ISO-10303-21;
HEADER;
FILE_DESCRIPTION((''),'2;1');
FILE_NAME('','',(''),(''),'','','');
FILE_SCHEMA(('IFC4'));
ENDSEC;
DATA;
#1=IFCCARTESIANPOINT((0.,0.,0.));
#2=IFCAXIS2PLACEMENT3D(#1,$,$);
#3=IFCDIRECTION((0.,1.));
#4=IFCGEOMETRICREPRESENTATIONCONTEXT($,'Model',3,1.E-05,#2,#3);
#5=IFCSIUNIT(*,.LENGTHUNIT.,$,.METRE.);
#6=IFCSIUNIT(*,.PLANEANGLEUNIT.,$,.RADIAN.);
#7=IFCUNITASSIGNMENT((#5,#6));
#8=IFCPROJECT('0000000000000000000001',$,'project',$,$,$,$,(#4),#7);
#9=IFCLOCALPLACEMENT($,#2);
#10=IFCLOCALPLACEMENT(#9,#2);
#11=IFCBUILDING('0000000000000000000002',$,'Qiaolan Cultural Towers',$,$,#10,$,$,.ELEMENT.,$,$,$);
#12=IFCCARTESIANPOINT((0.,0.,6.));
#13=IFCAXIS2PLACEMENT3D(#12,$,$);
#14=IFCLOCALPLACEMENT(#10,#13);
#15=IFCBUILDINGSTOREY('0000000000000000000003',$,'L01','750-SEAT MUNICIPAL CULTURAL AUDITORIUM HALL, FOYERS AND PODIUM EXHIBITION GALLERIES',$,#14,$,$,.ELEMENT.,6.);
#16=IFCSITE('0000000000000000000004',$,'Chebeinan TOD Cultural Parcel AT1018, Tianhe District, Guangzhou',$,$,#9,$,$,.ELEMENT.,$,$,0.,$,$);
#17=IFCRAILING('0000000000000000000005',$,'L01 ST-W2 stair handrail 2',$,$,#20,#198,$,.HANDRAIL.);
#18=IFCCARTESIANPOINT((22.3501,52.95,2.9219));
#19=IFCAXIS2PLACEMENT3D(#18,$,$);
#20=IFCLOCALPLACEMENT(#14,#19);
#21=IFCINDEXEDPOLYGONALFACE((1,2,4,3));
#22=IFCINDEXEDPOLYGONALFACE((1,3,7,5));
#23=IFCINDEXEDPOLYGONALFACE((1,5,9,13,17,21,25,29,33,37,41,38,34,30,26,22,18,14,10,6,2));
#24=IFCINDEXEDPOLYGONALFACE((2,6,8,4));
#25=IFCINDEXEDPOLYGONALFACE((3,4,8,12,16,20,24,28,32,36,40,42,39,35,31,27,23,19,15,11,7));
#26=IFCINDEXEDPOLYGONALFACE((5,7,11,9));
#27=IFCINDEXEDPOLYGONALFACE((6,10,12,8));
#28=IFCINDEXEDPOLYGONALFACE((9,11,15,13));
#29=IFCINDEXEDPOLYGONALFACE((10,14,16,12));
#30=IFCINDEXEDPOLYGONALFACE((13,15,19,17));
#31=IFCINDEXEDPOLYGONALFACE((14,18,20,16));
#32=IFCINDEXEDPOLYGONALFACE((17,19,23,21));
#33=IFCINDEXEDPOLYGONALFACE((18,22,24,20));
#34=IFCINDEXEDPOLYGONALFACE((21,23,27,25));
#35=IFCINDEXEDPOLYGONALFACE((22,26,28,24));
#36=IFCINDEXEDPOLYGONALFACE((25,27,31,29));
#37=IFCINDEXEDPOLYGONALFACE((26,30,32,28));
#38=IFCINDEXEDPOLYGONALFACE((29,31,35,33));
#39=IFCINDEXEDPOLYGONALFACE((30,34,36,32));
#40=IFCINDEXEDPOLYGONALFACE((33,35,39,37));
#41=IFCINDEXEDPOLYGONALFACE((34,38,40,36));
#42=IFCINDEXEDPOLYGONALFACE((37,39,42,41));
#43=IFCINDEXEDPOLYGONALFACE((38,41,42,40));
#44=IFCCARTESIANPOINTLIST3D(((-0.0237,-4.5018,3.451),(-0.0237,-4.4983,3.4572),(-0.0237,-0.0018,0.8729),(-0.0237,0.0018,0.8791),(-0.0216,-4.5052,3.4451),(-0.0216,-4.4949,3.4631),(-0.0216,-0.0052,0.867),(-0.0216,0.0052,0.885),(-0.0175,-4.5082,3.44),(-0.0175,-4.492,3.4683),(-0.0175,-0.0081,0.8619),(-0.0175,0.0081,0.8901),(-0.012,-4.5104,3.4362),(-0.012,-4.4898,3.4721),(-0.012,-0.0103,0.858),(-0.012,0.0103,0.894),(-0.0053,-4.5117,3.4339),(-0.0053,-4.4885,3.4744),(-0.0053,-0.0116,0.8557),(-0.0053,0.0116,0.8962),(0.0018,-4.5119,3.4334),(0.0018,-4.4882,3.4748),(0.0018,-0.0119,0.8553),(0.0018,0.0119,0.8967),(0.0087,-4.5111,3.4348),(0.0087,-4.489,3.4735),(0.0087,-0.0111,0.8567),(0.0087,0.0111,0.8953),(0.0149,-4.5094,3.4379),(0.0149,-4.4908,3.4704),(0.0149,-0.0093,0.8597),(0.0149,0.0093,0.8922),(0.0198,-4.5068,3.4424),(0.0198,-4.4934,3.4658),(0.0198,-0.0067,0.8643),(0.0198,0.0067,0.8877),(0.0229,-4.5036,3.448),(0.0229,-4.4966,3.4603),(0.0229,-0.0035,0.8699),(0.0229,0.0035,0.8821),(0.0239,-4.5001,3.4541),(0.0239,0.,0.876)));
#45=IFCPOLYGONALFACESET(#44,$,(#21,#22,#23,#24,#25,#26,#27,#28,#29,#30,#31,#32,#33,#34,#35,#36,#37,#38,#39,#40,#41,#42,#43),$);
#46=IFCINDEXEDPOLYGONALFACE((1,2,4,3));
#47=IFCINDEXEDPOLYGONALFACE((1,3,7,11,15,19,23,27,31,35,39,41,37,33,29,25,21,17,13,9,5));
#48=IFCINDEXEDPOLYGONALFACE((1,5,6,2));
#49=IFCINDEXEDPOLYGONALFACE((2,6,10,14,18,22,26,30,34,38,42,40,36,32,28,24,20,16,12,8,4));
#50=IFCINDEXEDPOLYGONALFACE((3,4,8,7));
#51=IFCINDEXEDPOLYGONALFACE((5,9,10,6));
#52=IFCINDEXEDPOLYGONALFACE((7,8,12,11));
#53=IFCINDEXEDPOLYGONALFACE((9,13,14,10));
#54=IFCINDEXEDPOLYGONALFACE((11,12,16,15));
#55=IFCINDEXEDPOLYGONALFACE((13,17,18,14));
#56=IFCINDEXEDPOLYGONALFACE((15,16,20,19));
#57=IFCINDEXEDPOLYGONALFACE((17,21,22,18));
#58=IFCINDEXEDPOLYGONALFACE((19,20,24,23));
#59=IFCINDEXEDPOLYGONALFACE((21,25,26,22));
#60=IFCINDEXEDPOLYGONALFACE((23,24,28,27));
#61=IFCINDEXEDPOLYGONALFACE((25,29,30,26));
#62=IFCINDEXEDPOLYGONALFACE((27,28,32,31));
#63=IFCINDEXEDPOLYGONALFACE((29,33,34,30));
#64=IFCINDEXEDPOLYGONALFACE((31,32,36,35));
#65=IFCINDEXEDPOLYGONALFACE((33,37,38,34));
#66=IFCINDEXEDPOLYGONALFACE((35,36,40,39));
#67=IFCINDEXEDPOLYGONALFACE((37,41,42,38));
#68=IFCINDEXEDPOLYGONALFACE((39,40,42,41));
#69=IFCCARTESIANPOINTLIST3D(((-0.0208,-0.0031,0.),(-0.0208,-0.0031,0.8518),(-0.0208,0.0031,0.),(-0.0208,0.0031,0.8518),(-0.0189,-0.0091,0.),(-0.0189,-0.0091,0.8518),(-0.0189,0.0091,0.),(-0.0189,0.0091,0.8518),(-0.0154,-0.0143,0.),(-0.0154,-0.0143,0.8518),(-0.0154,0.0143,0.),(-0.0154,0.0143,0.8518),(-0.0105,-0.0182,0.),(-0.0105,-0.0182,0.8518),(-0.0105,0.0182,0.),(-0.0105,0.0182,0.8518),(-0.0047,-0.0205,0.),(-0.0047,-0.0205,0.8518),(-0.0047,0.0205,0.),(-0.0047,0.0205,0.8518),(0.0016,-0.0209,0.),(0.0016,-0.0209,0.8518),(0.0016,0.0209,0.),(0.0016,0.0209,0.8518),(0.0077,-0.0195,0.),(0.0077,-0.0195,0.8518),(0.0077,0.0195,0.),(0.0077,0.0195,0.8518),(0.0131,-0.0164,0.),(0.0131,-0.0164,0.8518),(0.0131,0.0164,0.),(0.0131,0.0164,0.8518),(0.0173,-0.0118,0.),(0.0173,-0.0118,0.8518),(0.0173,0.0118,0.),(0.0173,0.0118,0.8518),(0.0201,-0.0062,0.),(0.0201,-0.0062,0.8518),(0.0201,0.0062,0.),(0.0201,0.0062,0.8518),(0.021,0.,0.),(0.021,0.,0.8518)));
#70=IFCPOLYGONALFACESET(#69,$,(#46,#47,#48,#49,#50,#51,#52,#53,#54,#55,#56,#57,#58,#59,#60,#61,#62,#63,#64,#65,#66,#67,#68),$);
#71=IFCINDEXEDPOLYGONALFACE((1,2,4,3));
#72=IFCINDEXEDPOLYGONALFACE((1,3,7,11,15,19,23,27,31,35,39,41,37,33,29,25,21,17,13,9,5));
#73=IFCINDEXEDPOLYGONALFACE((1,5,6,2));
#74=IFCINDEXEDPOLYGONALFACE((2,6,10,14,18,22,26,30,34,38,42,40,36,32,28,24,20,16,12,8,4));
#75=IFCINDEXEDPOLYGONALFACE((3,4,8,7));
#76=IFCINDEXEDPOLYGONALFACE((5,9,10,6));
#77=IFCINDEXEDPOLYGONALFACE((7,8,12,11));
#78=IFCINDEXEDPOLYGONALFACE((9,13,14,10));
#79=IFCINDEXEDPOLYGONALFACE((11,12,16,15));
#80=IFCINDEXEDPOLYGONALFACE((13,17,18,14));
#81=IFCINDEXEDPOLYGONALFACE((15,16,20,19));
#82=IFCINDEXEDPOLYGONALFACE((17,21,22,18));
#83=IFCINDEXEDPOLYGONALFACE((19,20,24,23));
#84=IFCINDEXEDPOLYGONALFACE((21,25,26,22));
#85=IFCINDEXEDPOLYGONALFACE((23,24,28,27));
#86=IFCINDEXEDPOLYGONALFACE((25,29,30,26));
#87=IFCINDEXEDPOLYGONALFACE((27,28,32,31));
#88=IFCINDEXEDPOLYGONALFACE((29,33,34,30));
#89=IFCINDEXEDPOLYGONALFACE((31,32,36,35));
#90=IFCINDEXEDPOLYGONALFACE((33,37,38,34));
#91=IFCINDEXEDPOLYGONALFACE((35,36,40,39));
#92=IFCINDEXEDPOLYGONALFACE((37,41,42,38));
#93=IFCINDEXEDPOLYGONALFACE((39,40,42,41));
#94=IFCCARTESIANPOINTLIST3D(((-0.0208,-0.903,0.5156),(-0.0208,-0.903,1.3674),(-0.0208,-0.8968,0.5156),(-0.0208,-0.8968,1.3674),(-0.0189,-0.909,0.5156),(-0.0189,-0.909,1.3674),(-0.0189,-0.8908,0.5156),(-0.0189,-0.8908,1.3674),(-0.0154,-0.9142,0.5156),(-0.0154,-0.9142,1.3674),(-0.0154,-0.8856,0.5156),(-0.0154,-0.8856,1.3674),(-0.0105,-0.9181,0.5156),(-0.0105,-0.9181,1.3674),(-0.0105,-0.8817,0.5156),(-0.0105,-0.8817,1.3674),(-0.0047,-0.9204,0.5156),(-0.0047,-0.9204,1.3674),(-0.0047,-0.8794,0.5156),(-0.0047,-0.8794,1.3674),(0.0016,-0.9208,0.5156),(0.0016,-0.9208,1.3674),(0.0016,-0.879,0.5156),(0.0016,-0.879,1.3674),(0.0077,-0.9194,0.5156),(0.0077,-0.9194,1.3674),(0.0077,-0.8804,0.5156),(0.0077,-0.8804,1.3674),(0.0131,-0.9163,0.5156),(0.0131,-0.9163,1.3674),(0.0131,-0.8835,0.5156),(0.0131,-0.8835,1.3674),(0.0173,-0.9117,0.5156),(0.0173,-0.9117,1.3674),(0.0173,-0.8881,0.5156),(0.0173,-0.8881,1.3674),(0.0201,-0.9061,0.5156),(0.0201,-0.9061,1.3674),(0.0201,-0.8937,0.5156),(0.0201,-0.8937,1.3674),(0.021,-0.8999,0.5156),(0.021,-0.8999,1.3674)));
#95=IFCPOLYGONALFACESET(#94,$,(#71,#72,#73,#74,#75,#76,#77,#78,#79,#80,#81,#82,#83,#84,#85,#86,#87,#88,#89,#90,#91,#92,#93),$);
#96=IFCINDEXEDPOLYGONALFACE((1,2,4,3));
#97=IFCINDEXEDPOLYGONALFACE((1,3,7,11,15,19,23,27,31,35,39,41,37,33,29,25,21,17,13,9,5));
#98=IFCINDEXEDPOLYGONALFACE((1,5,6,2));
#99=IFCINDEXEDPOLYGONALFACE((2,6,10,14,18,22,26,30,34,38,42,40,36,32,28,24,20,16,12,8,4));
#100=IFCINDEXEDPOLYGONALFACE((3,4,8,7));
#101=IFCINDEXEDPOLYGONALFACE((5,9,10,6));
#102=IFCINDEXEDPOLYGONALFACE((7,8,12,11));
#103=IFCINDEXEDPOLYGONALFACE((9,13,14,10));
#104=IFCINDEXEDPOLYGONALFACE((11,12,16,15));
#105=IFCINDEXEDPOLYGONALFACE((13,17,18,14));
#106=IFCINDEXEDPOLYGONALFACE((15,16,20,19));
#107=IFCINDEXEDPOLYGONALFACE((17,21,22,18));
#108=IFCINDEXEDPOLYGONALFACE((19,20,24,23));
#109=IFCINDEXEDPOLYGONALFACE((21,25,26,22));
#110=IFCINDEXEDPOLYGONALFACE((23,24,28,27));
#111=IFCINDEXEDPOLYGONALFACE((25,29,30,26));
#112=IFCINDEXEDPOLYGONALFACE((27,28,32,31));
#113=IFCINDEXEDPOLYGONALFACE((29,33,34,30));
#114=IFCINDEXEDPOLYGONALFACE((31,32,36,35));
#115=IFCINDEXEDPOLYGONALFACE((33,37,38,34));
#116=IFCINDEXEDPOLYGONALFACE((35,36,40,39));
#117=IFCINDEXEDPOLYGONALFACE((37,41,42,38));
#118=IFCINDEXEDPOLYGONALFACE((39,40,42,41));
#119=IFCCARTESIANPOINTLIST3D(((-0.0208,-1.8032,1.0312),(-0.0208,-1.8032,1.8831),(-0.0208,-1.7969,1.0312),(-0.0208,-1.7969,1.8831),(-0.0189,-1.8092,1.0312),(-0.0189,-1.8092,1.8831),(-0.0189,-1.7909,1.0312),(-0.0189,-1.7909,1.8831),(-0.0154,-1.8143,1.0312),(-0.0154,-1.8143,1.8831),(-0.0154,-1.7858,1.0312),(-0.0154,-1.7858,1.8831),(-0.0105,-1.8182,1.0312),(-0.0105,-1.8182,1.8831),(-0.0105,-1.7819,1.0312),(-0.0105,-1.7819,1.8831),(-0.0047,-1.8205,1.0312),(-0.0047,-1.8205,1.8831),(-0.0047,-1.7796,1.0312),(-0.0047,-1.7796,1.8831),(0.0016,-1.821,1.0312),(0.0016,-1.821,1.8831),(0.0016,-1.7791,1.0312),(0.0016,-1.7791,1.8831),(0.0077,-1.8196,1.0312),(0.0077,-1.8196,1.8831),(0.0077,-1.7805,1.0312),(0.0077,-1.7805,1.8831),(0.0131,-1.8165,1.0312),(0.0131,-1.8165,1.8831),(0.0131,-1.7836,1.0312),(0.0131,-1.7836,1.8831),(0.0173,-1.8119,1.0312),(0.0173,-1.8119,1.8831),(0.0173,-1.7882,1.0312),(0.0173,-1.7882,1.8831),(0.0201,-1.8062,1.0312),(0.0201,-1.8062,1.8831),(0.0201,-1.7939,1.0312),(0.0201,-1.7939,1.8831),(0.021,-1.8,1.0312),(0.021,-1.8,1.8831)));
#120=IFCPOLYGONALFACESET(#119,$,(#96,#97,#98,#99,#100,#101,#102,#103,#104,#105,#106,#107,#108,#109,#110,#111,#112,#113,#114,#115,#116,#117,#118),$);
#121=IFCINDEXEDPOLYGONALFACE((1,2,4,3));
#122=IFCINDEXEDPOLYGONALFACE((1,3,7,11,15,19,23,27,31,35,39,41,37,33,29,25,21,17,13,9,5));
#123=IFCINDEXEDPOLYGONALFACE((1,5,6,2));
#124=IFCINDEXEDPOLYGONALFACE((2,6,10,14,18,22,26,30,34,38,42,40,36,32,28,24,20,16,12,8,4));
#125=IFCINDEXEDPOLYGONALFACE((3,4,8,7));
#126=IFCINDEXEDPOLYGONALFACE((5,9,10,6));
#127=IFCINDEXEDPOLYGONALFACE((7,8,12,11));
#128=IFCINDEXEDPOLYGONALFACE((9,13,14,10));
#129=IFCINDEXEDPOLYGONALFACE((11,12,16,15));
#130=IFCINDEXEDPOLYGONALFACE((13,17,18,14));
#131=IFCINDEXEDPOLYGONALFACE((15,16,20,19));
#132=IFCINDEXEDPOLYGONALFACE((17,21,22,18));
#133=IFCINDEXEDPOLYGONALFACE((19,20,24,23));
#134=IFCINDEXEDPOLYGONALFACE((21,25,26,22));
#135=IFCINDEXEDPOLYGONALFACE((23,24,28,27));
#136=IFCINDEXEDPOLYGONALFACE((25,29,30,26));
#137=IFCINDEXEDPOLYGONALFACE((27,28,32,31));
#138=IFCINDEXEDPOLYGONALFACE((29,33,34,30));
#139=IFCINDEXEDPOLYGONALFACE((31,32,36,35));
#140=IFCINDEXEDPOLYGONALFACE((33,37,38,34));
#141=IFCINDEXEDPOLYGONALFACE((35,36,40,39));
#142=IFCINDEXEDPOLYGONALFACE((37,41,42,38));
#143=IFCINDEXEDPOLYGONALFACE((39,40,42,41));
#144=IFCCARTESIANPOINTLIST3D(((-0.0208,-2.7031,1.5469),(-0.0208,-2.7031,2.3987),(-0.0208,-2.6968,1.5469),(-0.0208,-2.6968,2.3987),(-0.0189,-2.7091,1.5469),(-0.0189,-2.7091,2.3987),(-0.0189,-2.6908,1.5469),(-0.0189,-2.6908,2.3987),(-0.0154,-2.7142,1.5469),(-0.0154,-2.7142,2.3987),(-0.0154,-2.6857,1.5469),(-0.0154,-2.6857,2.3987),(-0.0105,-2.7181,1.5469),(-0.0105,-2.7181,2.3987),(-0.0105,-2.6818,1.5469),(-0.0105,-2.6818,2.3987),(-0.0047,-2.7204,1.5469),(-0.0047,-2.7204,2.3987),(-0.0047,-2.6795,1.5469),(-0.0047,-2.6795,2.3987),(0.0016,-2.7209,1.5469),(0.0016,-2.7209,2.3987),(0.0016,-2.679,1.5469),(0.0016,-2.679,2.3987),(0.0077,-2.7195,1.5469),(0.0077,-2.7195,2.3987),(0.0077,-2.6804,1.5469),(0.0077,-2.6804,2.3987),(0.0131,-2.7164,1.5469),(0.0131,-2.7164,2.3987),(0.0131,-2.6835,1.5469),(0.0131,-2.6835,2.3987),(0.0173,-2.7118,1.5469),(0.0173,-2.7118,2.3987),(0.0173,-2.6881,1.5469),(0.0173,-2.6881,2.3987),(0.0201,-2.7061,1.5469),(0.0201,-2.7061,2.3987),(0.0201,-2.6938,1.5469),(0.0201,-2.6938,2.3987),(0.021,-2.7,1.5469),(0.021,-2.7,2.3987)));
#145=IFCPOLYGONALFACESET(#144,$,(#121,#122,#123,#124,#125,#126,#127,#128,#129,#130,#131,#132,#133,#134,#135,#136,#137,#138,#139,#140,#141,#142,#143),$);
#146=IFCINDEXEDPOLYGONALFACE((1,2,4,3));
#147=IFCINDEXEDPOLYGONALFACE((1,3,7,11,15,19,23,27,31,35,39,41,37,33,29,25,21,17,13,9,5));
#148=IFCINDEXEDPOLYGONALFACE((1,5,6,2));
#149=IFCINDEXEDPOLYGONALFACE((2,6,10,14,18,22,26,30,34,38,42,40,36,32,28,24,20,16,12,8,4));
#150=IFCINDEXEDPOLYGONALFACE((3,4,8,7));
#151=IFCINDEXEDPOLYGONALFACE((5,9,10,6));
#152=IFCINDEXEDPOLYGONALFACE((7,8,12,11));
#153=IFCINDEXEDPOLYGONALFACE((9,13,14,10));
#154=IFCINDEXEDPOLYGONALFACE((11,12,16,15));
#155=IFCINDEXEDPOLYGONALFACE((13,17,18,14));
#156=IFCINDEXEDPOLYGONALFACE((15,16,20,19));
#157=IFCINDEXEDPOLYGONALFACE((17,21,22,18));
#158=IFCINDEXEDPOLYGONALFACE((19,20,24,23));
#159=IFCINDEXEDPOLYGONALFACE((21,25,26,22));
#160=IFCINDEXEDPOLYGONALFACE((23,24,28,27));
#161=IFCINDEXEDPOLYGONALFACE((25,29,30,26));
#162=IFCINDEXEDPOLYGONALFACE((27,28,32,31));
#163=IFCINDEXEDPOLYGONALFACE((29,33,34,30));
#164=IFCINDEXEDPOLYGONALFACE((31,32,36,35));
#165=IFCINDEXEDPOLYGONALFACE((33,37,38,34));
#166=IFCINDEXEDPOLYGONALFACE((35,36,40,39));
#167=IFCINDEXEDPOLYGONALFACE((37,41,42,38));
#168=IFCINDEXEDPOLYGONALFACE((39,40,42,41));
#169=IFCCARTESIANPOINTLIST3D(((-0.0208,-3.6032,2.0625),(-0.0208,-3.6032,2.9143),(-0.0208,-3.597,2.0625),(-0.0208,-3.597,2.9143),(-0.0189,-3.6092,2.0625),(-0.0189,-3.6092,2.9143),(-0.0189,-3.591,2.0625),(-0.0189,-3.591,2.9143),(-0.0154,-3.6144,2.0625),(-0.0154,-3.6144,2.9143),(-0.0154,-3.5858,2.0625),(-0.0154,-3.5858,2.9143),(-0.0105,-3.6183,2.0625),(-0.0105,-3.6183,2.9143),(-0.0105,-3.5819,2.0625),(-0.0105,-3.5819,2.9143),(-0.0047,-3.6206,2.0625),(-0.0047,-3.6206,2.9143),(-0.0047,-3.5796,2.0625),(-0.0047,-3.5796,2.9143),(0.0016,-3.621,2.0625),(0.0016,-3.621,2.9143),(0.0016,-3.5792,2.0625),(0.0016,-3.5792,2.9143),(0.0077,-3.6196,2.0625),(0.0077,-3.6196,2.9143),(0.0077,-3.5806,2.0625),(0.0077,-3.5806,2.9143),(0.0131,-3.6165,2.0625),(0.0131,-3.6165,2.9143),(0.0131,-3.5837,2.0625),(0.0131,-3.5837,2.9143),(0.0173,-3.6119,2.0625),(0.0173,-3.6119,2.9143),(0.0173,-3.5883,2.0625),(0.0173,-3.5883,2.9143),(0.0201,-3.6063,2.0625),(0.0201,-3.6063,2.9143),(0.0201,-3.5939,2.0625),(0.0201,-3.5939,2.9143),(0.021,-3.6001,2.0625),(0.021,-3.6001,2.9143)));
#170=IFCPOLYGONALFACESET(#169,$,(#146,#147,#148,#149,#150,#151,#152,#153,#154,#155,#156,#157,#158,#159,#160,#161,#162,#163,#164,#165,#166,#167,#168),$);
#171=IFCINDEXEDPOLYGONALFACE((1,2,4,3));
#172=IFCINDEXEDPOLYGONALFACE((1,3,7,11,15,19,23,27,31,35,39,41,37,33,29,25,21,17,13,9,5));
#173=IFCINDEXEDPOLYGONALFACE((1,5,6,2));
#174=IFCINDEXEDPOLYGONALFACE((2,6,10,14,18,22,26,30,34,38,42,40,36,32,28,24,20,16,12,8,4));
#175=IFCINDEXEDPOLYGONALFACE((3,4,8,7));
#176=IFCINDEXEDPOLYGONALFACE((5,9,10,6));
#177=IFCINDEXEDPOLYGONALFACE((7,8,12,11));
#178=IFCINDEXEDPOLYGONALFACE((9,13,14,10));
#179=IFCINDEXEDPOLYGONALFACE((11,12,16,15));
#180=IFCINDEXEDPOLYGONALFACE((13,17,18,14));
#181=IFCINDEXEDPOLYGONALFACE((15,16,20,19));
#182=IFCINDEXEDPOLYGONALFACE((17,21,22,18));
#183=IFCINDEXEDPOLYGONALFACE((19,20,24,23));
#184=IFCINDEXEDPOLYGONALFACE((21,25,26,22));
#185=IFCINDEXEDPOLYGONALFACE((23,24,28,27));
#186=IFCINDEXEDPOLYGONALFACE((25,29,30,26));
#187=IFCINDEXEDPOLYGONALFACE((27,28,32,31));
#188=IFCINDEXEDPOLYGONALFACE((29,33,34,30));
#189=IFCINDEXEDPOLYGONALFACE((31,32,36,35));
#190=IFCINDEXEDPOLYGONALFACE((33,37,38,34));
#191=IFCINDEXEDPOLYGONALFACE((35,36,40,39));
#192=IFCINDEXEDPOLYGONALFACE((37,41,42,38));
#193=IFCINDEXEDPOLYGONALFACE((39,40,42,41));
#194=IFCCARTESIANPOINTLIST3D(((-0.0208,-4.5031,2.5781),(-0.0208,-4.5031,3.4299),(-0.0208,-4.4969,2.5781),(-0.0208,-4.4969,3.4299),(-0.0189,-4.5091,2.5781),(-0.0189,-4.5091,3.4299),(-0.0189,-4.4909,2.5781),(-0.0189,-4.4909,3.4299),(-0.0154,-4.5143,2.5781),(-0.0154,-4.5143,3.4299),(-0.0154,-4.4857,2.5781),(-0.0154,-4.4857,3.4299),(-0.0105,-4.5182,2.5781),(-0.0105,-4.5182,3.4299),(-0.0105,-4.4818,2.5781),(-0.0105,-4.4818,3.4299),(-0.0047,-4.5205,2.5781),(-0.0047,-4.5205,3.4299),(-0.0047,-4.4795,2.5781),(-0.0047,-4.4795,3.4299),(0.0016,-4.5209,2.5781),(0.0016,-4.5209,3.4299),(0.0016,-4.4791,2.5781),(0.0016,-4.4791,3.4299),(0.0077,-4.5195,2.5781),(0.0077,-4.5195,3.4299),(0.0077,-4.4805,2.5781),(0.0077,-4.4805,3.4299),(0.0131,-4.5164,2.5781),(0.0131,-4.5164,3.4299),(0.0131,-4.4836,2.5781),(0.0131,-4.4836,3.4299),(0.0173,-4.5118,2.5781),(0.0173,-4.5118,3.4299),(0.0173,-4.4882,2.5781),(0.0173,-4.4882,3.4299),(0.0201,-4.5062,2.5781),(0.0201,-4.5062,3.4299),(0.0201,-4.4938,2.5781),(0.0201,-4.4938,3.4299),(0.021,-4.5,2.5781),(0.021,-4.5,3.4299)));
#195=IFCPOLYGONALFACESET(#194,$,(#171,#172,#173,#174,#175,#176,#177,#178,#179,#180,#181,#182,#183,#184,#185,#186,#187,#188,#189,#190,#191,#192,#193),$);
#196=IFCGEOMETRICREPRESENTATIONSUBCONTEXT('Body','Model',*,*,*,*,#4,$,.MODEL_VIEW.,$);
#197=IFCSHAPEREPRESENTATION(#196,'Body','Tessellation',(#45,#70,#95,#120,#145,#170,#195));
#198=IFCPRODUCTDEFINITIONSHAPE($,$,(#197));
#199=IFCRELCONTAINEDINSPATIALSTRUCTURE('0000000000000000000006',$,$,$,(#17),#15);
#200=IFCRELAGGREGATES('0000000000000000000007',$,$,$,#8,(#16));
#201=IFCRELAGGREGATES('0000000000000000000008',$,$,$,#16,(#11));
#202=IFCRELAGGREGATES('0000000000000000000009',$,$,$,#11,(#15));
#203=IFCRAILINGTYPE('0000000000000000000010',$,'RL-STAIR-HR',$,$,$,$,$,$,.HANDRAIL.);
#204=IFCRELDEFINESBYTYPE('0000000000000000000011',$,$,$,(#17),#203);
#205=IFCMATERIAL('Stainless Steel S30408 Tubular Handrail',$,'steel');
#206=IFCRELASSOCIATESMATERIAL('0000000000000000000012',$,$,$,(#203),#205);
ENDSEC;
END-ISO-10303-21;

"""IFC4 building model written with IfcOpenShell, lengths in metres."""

from ifc_helpers import new_model, si_unit, direction, frame, origin, origin_2d, place, context, subcontext, project, spatial, circle, extrude, material, type_object, element, save


model = new_model("IFC4")

# Units and contexts
model_context = context("Model", 3, precision=1e-05, world=origin(), true_north=direction((0.0, 1.0)))
body_context = subcontext(model_context, "Body", "Model", "MODEL_VIEW")
ifc_project = project(units=[si_unit("LENGTHUNIT", "METRE"), si_unit("PLANEANGLEUNIT", "RADIAN")], contexts=[model_context])

# Site, building, storey
site_placement = place(None, origin())
site = spatial("IfcSite", under=ifc_project, at=site_placement, Name="Chebeinan TOD Cultural Parcel AT1018, Tianhe District, Guangzhou", CompositionType="ELEMENT", RefElevation=0.0)
building_placement = place(site_placement, origin())
building = spatial("IfcBuilding", under=site, at=building_placement, Name="Qiaolan Cultural Towers", CompositionType="ELEMENT")
storey_placement = place(building_placement, frame((0.0, 0.0, 6.0)))
storey = spatial("IfcBuildingStorey", under=building, at=storey_placement, Name="L01", Description="750-SEAT MUNICIPAL CULTURAL AUDITORIUM HALL, FOYERS AND PODIUM EXHIBITION GALLERIES", CompositionType="ELEMENT", Elevation=6.0)

# Railing
ifc_material_1 = material(Name="Stainless Steel S30408 Tubular Handrail", Category="steel")
railing_type_1 = type_object("IfcRailingType", Name="RL-STAIR-HR", PredefinedType="HANDRAIL", material=ifc_material_1)
railing_1_placement = place(storey_placement, frame((22.3501, 52.95, 2.9219)))
element("IfcRailing", 1, at=railing_1_placement, inside=storey, type_object=railing_type_1, Name="L01 ST-W2 stair handrail 2", PredefinedType="HANDRAIL", context=body_context, shape_type="SweptSolid", body=[
    extrude(circle(Radius=0.0239, at=origin_2d()), frame((0.0, 0.0, 0.876), z_axis=(0.0, -0.867686, 0.497112), x_axis=(1.0, 0.0, 0.0)), (0.0, 0.0, 1.0), 5.1863),
    extrude(circle(Radius=0.021, at=origin_2d()), origin(), (0.0, 0.0, 1.0), 0.8518),
    extrude(circle(Radius=0.021, at=origin_2d()), frame((0.0, -0.8999, 0.5156)), (0.0, 0.0, 1.0), 0.8518),
    extrude(circle(Radius=0.021, at=origin_2d()), frame((0.0, -1.8, 1.0312)), (0.0, 0.0, 1.0), 0.8518),
    extrude(circle(Radius=0.021, at=origin_2d()), frame((0.0, -2.7, 1.5469)), (0.0, 0.0, 1.0), 0.8518),
    extrude(circle(Radius=0.021, at=origin_2d()), frame((0.0, -3.6001, 2.0625)), (0.0, 0.0, 1.0), 0.8518),
    extrude(circle(Radius=0.021, at=origin_2d()), frame((0.0, -4.5, 2.5781)), (0.0, 0.0, 1.0), 0.8518),
])

save(model, "model.ifc")
